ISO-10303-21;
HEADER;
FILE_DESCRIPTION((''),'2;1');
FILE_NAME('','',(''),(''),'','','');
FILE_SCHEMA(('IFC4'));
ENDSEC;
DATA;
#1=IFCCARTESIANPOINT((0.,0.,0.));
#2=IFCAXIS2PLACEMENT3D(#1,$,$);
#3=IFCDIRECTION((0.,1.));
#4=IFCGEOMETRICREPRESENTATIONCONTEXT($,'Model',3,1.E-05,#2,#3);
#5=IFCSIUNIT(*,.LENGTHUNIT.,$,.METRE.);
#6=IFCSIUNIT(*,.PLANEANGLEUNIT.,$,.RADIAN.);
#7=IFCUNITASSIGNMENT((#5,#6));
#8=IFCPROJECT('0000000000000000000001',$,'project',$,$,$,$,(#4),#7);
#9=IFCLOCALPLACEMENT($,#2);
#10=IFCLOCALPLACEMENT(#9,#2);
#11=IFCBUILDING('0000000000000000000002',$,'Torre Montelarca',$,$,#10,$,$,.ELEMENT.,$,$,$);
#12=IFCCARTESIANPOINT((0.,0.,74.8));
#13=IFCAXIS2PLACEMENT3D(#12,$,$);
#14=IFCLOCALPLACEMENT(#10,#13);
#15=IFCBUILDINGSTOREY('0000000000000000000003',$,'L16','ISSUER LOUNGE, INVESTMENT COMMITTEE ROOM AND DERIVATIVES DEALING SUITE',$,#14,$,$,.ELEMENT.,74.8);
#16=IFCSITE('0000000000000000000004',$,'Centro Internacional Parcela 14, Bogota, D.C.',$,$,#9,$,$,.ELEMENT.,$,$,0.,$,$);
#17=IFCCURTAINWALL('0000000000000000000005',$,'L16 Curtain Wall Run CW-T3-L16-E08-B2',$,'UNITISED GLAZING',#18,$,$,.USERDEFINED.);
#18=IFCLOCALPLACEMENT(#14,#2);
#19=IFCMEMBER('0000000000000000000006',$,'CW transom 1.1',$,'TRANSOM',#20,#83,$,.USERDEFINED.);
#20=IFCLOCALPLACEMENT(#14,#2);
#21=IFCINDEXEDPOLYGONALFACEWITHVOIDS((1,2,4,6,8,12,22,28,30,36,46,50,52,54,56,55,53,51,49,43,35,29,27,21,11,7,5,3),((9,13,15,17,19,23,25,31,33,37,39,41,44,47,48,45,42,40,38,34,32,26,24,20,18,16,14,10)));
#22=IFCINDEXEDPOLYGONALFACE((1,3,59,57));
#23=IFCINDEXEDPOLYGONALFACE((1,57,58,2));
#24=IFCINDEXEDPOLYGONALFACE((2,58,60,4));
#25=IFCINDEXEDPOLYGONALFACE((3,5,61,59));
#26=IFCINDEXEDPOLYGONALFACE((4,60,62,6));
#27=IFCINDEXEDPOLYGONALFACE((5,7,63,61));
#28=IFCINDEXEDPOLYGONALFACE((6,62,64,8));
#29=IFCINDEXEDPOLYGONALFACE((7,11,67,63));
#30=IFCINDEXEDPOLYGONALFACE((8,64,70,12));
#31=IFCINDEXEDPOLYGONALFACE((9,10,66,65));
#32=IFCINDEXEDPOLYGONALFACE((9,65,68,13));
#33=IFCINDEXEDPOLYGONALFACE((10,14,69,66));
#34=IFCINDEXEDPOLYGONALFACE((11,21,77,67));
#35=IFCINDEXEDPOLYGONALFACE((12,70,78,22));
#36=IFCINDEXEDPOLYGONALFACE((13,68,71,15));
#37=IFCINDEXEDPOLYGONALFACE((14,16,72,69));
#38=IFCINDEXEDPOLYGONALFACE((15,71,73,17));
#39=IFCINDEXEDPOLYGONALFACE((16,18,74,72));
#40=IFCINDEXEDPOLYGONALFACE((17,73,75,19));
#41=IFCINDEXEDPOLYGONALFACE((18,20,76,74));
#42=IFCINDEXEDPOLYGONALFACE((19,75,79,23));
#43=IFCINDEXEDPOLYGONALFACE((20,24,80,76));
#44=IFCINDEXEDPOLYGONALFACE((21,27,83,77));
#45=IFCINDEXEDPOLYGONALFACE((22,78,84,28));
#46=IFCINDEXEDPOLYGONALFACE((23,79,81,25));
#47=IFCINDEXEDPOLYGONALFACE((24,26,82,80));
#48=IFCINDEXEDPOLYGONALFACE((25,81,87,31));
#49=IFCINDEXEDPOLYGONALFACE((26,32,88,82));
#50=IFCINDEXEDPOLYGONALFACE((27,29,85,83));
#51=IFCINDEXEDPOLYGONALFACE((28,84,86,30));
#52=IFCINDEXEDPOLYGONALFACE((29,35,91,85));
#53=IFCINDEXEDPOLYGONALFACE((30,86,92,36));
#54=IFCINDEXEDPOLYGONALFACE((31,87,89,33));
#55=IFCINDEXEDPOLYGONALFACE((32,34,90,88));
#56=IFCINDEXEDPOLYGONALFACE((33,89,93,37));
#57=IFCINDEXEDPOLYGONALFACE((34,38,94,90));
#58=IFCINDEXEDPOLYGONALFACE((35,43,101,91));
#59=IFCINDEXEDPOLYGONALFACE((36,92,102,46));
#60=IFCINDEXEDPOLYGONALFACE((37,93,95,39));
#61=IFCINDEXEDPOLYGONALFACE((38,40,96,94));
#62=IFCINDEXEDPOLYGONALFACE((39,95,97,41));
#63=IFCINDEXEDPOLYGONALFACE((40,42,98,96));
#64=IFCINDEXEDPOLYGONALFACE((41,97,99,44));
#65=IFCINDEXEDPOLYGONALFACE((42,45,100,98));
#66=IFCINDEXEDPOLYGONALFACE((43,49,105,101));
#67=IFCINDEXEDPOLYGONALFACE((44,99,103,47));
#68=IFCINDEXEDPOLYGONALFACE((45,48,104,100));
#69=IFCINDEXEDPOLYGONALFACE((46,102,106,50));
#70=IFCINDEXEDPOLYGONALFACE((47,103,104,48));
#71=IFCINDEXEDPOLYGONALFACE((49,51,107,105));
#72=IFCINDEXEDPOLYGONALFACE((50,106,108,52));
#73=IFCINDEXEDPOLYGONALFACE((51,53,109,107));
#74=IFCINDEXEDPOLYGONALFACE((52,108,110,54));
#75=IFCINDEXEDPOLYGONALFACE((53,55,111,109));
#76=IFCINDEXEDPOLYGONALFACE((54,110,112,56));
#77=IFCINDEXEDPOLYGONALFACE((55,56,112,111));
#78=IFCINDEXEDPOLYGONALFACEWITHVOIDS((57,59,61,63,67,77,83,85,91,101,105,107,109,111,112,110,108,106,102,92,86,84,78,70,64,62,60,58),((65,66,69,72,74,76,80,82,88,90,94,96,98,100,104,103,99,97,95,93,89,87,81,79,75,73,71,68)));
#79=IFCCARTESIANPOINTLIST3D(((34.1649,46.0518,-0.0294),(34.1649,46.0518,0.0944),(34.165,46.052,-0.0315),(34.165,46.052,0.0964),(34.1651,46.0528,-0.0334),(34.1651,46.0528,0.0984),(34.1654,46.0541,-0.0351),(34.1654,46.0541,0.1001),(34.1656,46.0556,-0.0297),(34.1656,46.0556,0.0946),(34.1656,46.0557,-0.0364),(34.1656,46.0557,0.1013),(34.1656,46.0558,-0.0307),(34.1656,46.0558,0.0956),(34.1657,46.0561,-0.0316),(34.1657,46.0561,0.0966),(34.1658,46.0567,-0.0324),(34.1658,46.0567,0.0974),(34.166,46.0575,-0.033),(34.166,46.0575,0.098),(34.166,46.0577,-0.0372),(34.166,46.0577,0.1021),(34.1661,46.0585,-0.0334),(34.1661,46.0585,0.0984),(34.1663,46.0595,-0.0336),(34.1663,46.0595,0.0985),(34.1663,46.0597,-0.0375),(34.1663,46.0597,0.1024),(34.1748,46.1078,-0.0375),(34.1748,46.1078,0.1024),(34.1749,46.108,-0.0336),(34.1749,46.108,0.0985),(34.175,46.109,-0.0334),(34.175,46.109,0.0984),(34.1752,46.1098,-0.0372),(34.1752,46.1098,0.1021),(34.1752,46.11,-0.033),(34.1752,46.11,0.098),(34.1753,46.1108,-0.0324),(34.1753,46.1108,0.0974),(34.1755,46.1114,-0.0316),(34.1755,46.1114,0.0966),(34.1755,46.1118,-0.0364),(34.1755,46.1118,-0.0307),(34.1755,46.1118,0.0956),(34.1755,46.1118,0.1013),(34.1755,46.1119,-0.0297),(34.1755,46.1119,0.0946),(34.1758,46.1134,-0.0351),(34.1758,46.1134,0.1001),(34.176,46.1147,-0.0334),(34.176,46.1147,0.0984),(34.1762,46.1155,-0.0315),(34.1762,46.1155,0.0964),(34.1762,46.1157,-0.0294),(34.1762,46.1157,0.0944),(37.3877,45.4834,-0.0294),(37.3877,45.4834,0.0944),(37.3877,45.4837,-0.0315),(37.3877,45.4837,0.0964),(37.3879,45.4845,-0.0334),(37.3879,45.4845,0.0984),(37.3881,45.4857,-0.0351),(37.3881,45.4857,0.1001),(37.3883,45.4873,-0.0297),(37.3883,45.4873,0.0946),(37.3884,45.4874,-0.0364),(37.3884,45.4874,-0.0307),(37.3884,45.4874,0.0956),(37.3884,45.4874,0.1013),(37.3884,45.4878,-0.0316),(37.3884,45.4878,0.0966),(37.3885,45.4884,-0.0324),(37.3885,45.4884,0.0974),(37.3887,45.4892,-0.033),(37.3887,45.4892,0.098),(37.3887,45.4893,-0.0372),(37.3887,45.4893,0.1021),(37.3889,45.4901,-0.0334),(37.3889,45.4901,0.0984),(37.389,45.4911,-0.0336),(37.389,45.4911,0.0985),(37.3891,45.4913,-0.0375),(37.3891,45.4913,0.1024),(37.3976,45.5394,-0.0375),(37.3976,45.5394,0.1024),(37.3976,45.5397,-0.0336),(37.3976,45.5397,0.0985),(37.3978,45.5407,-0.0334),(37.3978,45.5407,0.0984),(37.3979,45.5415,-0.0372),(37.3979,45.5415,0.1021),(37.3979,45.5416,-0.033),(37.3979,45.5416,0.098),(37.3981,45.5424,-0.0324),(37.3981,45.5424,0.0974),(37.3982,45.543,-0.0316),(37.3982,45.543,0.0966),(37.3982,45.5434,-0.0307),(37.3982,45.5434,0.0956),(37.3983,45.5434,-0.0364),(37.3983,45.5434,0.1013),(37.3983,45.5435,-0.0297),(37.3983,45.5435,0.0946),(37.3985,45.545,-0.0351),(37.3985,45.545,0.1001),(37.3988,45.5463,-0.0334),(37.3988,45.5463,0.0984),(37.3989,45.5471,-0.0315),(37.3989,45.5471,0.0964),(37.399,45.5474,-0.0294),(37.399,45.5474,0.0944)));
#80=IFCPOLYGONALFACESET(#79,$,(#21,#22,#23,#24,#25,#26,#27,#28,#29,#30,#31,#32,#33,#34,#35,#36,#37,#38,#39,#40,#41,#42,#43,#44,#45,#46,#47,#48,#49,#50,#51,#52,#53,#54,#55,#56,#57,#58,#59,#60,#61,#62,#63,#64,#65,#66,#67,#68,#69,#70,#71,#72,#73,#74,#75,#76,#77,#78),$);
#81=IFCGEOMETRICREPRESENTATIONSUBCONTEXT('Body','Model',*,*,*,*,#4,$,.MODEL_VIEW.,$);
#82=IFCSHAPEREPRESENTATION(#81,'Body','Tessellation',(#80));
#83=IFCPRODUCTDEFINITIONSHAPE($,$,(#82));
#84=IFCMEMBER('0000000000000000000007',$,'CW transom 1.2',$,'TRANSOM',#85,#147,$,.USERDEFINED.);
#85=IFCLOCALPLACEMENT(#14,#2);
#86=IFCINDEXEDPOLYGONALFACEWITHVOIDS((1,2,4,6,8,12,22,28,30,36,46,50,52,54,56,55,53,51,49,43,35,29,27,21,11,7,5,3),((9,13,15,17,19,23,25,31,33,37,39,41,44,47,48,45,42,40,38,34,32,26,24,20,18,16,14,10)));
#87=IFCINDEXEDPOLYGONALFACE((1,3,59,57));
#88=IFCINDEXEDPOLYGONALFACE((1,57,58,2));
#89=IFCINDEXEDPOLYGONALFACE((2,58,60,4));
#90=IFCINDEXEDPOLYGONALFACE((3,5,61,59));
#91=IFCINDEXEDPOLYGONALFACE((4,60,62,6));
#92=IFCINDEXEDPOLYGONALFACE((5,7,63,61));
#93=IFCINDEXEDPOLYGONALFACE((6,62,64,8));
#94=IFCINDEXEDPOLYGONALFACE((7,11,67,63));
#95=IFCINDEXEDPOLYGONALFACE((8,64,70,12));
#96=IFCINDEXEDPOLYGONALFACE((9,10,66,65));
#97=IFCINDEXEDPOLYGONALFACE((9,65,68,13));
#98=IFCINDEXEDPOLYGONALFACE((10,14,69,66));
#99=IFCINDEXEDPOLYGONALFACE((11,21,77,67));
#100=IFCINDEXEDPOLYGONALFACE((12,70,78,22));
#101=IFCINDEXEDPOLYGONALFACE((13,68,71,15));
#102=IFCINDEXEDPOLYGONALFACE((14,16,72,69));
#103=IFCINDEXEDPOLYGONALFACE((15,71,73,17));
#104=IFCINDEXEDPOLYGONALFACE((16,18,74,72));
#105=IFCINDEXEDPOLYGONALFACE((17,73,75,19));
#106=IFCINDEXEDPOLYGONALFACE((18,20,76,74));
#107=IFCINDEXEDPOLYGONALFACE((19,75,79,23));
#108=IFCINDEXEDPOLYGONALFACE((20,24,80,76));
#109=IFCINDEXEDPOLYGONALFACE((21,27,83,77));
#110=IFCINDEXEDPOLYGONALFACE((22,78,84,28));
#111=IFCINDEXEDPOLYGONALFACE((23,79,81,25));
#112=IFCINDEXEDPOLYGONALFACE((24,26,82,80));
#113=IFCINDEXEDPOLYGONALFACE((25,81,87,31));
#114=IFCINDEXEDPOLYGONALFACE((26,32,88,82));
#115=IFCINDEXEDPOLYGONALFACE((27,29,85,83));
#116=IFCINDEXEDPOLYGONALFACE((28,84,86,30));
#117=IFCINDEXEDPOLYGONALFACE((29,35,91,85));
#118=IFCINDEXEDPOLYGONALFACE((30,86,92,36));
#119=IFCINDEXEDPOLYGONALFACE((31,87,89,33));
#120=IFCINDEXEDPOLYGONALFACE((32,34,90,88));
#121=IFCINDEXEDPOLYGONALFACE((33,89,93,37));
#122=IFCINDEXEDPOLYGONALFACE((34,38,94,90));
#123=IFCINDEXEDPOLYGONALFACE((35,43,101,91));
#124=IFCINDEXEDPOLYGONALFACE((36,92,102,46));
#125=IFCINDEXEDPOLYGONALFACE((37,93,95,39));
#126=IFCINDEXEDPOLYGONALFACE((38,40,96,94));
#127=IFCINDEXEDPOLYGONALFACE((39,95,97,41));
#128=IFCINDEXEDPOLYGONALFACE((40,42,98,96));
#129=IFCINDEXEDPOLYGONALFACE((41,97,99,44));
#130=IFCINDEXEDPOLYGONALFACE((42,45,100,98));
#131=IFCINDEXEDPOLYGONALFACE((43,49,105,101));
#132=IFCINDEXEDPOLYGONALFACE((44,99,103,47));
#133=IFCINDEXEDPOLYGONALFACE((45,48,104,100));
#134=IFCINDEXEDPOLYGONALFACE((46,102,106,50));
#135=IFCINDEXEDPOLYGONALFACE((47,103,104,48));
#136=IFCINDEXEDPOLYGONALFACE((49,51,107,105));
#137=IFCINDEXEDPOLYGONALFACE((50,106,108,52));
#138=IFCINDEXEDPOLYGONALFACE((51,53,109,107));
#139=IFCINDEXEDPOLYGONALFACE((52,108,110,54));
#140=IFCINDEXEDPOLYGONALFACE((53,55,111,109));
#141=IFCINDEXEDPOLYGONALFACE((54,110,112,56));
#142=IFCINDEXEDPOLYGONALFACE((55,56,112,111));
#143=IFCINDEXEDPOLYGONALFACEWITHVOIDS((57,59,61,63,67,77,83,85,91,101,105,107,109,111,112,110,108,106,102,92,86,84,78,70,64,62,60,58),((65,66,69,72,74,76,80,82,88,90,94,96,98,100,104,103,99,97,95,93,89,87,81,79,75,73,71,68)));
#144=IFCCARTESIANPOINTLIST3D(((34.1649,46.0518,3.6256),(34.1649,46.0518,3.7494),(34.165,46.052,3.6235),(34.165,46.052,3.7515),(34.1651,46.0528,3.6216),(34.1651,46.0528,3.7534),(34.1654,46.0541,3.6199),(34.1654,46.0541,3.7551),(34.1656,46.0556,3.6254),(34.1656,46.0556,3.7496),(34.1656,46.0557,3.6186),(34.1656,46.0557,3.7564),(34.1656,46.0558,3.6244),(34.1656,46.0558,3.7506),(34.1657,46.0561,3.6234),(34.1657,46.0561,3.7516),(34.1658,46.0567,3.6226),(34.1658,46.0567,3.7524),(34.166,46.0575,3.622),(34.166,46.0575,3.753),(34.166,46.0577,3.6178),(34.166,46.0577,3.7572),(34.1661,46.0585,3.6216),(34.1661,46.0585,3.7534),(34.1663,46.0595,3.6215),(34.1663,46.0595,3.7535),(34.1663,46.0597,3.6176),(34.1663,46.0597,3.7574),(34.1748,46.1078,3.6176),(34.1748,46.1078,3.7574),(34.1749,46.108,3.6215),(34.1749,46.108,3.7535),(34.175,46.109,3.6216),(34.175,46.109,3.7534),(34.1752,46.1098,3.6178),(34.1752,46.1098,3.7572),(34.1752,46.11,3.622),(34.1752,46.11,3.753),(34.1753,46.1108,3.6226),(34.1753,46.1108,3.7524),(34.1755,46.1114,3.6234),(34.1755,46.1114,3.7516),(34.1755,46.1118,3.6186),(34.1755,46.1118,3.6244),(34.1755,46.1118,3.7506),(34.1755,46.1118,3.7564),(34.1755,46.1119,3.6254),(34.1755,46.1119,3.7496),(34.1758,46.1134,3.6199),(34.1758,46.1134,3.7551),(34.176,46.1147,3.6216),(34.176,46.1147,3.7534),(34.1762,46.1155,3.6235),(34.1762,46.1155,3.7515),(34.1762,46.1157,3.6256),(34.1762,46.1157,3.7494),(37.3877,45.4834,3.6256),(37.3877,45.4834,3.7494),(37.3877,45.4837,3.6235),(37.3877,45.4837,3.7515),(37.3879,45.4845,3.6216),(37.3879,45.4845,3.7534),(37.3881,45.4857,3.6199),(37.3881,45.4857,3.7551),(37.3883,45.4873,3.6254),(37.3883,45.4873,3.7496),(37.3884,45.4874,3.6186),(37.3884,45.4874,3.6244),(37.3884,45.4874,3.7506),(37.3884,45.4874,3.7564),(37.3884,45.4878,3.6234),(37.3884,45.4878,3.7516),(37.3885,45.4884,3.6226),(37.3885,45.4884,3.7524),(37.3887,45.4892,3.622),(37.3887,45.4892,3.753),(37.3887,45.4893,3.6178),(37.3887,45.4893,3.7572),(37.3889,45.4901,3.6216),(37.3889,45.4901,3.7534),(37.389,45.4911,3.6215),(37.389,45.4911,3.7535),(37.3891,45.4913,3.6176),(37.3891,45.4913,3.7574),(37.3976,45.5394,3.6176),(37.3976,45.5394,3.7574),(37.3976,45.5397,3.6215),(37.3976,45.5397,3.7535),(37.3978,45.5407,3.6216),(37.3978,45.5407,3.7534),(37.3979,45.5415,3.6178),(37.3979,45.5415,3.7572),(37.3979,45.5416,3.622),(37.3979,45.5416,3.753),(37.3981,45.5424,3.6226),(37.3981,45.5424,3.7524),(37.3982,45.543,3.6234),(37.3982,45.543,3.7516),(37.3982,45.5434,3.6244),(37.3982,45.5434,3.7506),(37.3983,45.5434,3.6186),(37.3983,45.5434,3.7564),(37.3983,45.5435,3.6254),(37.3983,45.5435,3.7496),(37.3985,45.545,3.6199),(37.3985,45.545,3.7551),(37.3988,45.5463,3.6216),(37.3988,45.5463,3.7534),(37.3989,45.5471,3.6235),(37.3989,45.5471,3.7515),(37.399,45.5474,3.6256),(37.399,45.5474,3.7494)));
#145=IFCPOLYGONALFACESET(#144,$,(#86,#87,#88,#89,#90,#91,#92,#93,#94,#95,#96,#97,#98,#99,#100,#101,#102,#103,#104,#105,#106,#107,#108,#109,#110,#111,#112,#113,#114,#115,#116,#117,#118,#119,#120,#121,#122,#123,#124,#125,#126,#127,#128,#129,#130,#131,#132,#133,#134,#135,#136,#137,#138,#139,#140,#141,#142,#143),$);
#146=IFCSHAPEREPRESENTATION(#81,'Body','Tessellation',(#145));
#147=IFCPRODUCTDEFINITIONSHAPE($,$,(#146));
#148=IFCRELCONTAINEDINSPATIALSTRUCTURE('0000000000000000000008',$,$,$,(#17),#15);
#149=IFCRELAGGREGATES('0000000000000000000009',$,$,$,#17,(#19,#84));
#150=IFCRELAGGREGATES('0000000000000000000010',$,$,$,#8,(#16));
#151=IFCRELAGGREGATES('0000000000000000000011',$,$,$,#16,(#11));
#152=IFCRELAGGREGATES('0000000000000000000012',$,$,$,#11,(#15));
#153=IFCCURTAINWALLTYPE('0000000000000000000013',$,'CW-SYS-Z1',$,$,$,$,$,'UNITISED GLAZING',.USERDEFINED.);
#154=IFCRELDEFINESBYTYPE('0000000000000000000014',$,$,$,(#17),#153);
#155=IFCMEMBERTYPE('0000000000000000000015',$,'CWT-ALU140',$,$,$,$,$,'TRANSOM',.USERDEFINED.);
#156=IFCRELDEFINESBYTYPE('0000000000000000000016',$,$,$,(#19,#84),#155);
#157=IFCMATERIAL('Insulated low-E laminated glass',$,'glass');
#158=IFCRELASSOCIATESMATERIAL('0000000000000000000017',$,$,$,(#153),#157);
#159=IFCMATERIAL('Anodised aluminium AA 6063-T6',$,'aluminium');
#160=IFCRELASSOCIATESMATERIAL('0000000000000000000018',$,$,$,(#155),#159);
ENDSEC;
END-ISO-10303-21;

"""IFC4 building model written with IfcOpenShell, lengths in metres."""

from ifc_helpers import new_model, si_unit, direction, frame, origin, origin_2d, place, context, subcontext, project, spatial, hollow_rectangle, extrude, source, transform, mapped, material, material_profile, profile_set, type_object, element, aggregate, save


model = new_model("IFC4")

# Units and contexts
model_context = context("Model", 3, precision=1e-05, world=origin(), true_north=direction((0.0, 1.0)))
body_context = subcontext(model_context, "Body", "Model", "MODEL_VIEW")
ifc_project = project(units=[si_unit("LENGTHUNIT", "METRE"), si_unit("PLANEANGLEUNIT", "RADIAN")], contexts=[model_context])

# Site, building, storey
site_placement = place(None, origin())
site = spatial("IfcSite", under=ifc_project, at=site_placement, Name="Centro Internacional Parcela 14, Bogota, D.C.", CompositionType="ELEMENT", RefElevation=0.0)
building_placement = place(site_placement, origin())
building = spatial("IfcBuilding", under=site, at=building_placement, Name="Torre Montelarca", CompositionType="ELEMENT")
storey_placement = place(building_placement, frame((0.0, 0.0, 74.8)))
storey = spatial("IfcBuildingStorey", under=building, at=storey_placement, Name="L16", Description="ISSUER LOUNGE, INVESTMENT COMMITTEE ROOM AND DERIVATIVES DEALING SUITE", CompositionType="ELEMENT", Elevation=74.8)

# Curtain wall
ifc_material_1 = material(Name="Insulated low-E laminated glass", Category="glass")
curtain_wall_type = type_object("IfcCurtainWallType", Name="CW-SYS-Z1", ElementType="UNITISED GLAZING", PredefinedType="USERDEFINED", material=ifc_material_1)
curtain_wall_1_placement = place(storey_placement, origin())
curtain_wall_1 = element("IfcCurtainWall", 1, at=curtain_wall_1_placement, inside=storey, type_object=curtain_wall_type, Name="L16 Curtain Wall Run CW-T3-L16-E08-B2", ObjectType="UNITISED GLAZING", PredefinedType="USERDEFINED")
ifc_material_2 = material(Name="Anodised aluminium AA 6063-T6", Category="aluminium")
ifc_material_profile_1 = material_profile(ifc_material_2, hollow_rectangle(XDim=0.0649, YDim=0.1399, WallThickness=0.0039, InnerFilletRadius=0.0039, OuterFilletRadius=0.0081, at=origin_2d()), Name="ALU65X140X4", Category="aluminium")
ifc_profile_set_1 = profile_set([ifc_material_profile_1], Name="Anodised aluminium AA 6063-T6")
member_type_1 = type_object("IfcMemberType", Name="CWT-ALU140", ElementType="TRANSOM", PredefinedType="USERDEFINED", material=ifc_profile_set_1)

# Members
shared_shape_1 = source(origin(), body_context, "Body", "SweptSolid", [
    extrude(hollow_rectangle(XDim=0.0649, YDim=0.1399, WallThickness=0.0039, InnerFilletRadius=0.0039, OuterFilletRadius=0.0081, at=origin_2d()), origin(), (0.0, 0.0, 1.0), 3.2725),
])
member_1_placement = place(storey_placement, frame((37.3933, 45.5154, 0.0325), z_axis=(-0.984802, 0.173683, 0.0), x_axis=(-0.173683, -0.984802, 0.0)))
member_1 = element("IfcMember", 2, at=member_1_placement, type_object=member_type_1, Name="CW transom 1.1", ObjectType="TRANSOM", PredefinedType="USERDEFINED", context=body_context, shape_type="MappedRepresentation", body=[
    mapped(shared_shape_1, transform((0.0, 0.0, 0.0), scale=1.0)),
])
member_2_placement = place(storey_placement, frame((37.3933, 45.5154, 3.6875), z_axis=(-0.984802, 0.173683, 0.0), x_axis=(-0.173683, -0.984802, 0.0)))
member_2 = element("IfcMember", 3, at=member_2_placement, type_object=member_type_1, Name="CW transom 1.2", ObjectType="TRANSOM", PredefinedType="USERDEFINED", context=body_context, shape_type="MappedRepresentation", body=[
    mapped(shared_shape_1, transform((0.0, 0.0, 0.0), scale=1.0)),
])

aggregate(curtain_wall_1, [member_1, member_2])

save(model, "model.ifc")
